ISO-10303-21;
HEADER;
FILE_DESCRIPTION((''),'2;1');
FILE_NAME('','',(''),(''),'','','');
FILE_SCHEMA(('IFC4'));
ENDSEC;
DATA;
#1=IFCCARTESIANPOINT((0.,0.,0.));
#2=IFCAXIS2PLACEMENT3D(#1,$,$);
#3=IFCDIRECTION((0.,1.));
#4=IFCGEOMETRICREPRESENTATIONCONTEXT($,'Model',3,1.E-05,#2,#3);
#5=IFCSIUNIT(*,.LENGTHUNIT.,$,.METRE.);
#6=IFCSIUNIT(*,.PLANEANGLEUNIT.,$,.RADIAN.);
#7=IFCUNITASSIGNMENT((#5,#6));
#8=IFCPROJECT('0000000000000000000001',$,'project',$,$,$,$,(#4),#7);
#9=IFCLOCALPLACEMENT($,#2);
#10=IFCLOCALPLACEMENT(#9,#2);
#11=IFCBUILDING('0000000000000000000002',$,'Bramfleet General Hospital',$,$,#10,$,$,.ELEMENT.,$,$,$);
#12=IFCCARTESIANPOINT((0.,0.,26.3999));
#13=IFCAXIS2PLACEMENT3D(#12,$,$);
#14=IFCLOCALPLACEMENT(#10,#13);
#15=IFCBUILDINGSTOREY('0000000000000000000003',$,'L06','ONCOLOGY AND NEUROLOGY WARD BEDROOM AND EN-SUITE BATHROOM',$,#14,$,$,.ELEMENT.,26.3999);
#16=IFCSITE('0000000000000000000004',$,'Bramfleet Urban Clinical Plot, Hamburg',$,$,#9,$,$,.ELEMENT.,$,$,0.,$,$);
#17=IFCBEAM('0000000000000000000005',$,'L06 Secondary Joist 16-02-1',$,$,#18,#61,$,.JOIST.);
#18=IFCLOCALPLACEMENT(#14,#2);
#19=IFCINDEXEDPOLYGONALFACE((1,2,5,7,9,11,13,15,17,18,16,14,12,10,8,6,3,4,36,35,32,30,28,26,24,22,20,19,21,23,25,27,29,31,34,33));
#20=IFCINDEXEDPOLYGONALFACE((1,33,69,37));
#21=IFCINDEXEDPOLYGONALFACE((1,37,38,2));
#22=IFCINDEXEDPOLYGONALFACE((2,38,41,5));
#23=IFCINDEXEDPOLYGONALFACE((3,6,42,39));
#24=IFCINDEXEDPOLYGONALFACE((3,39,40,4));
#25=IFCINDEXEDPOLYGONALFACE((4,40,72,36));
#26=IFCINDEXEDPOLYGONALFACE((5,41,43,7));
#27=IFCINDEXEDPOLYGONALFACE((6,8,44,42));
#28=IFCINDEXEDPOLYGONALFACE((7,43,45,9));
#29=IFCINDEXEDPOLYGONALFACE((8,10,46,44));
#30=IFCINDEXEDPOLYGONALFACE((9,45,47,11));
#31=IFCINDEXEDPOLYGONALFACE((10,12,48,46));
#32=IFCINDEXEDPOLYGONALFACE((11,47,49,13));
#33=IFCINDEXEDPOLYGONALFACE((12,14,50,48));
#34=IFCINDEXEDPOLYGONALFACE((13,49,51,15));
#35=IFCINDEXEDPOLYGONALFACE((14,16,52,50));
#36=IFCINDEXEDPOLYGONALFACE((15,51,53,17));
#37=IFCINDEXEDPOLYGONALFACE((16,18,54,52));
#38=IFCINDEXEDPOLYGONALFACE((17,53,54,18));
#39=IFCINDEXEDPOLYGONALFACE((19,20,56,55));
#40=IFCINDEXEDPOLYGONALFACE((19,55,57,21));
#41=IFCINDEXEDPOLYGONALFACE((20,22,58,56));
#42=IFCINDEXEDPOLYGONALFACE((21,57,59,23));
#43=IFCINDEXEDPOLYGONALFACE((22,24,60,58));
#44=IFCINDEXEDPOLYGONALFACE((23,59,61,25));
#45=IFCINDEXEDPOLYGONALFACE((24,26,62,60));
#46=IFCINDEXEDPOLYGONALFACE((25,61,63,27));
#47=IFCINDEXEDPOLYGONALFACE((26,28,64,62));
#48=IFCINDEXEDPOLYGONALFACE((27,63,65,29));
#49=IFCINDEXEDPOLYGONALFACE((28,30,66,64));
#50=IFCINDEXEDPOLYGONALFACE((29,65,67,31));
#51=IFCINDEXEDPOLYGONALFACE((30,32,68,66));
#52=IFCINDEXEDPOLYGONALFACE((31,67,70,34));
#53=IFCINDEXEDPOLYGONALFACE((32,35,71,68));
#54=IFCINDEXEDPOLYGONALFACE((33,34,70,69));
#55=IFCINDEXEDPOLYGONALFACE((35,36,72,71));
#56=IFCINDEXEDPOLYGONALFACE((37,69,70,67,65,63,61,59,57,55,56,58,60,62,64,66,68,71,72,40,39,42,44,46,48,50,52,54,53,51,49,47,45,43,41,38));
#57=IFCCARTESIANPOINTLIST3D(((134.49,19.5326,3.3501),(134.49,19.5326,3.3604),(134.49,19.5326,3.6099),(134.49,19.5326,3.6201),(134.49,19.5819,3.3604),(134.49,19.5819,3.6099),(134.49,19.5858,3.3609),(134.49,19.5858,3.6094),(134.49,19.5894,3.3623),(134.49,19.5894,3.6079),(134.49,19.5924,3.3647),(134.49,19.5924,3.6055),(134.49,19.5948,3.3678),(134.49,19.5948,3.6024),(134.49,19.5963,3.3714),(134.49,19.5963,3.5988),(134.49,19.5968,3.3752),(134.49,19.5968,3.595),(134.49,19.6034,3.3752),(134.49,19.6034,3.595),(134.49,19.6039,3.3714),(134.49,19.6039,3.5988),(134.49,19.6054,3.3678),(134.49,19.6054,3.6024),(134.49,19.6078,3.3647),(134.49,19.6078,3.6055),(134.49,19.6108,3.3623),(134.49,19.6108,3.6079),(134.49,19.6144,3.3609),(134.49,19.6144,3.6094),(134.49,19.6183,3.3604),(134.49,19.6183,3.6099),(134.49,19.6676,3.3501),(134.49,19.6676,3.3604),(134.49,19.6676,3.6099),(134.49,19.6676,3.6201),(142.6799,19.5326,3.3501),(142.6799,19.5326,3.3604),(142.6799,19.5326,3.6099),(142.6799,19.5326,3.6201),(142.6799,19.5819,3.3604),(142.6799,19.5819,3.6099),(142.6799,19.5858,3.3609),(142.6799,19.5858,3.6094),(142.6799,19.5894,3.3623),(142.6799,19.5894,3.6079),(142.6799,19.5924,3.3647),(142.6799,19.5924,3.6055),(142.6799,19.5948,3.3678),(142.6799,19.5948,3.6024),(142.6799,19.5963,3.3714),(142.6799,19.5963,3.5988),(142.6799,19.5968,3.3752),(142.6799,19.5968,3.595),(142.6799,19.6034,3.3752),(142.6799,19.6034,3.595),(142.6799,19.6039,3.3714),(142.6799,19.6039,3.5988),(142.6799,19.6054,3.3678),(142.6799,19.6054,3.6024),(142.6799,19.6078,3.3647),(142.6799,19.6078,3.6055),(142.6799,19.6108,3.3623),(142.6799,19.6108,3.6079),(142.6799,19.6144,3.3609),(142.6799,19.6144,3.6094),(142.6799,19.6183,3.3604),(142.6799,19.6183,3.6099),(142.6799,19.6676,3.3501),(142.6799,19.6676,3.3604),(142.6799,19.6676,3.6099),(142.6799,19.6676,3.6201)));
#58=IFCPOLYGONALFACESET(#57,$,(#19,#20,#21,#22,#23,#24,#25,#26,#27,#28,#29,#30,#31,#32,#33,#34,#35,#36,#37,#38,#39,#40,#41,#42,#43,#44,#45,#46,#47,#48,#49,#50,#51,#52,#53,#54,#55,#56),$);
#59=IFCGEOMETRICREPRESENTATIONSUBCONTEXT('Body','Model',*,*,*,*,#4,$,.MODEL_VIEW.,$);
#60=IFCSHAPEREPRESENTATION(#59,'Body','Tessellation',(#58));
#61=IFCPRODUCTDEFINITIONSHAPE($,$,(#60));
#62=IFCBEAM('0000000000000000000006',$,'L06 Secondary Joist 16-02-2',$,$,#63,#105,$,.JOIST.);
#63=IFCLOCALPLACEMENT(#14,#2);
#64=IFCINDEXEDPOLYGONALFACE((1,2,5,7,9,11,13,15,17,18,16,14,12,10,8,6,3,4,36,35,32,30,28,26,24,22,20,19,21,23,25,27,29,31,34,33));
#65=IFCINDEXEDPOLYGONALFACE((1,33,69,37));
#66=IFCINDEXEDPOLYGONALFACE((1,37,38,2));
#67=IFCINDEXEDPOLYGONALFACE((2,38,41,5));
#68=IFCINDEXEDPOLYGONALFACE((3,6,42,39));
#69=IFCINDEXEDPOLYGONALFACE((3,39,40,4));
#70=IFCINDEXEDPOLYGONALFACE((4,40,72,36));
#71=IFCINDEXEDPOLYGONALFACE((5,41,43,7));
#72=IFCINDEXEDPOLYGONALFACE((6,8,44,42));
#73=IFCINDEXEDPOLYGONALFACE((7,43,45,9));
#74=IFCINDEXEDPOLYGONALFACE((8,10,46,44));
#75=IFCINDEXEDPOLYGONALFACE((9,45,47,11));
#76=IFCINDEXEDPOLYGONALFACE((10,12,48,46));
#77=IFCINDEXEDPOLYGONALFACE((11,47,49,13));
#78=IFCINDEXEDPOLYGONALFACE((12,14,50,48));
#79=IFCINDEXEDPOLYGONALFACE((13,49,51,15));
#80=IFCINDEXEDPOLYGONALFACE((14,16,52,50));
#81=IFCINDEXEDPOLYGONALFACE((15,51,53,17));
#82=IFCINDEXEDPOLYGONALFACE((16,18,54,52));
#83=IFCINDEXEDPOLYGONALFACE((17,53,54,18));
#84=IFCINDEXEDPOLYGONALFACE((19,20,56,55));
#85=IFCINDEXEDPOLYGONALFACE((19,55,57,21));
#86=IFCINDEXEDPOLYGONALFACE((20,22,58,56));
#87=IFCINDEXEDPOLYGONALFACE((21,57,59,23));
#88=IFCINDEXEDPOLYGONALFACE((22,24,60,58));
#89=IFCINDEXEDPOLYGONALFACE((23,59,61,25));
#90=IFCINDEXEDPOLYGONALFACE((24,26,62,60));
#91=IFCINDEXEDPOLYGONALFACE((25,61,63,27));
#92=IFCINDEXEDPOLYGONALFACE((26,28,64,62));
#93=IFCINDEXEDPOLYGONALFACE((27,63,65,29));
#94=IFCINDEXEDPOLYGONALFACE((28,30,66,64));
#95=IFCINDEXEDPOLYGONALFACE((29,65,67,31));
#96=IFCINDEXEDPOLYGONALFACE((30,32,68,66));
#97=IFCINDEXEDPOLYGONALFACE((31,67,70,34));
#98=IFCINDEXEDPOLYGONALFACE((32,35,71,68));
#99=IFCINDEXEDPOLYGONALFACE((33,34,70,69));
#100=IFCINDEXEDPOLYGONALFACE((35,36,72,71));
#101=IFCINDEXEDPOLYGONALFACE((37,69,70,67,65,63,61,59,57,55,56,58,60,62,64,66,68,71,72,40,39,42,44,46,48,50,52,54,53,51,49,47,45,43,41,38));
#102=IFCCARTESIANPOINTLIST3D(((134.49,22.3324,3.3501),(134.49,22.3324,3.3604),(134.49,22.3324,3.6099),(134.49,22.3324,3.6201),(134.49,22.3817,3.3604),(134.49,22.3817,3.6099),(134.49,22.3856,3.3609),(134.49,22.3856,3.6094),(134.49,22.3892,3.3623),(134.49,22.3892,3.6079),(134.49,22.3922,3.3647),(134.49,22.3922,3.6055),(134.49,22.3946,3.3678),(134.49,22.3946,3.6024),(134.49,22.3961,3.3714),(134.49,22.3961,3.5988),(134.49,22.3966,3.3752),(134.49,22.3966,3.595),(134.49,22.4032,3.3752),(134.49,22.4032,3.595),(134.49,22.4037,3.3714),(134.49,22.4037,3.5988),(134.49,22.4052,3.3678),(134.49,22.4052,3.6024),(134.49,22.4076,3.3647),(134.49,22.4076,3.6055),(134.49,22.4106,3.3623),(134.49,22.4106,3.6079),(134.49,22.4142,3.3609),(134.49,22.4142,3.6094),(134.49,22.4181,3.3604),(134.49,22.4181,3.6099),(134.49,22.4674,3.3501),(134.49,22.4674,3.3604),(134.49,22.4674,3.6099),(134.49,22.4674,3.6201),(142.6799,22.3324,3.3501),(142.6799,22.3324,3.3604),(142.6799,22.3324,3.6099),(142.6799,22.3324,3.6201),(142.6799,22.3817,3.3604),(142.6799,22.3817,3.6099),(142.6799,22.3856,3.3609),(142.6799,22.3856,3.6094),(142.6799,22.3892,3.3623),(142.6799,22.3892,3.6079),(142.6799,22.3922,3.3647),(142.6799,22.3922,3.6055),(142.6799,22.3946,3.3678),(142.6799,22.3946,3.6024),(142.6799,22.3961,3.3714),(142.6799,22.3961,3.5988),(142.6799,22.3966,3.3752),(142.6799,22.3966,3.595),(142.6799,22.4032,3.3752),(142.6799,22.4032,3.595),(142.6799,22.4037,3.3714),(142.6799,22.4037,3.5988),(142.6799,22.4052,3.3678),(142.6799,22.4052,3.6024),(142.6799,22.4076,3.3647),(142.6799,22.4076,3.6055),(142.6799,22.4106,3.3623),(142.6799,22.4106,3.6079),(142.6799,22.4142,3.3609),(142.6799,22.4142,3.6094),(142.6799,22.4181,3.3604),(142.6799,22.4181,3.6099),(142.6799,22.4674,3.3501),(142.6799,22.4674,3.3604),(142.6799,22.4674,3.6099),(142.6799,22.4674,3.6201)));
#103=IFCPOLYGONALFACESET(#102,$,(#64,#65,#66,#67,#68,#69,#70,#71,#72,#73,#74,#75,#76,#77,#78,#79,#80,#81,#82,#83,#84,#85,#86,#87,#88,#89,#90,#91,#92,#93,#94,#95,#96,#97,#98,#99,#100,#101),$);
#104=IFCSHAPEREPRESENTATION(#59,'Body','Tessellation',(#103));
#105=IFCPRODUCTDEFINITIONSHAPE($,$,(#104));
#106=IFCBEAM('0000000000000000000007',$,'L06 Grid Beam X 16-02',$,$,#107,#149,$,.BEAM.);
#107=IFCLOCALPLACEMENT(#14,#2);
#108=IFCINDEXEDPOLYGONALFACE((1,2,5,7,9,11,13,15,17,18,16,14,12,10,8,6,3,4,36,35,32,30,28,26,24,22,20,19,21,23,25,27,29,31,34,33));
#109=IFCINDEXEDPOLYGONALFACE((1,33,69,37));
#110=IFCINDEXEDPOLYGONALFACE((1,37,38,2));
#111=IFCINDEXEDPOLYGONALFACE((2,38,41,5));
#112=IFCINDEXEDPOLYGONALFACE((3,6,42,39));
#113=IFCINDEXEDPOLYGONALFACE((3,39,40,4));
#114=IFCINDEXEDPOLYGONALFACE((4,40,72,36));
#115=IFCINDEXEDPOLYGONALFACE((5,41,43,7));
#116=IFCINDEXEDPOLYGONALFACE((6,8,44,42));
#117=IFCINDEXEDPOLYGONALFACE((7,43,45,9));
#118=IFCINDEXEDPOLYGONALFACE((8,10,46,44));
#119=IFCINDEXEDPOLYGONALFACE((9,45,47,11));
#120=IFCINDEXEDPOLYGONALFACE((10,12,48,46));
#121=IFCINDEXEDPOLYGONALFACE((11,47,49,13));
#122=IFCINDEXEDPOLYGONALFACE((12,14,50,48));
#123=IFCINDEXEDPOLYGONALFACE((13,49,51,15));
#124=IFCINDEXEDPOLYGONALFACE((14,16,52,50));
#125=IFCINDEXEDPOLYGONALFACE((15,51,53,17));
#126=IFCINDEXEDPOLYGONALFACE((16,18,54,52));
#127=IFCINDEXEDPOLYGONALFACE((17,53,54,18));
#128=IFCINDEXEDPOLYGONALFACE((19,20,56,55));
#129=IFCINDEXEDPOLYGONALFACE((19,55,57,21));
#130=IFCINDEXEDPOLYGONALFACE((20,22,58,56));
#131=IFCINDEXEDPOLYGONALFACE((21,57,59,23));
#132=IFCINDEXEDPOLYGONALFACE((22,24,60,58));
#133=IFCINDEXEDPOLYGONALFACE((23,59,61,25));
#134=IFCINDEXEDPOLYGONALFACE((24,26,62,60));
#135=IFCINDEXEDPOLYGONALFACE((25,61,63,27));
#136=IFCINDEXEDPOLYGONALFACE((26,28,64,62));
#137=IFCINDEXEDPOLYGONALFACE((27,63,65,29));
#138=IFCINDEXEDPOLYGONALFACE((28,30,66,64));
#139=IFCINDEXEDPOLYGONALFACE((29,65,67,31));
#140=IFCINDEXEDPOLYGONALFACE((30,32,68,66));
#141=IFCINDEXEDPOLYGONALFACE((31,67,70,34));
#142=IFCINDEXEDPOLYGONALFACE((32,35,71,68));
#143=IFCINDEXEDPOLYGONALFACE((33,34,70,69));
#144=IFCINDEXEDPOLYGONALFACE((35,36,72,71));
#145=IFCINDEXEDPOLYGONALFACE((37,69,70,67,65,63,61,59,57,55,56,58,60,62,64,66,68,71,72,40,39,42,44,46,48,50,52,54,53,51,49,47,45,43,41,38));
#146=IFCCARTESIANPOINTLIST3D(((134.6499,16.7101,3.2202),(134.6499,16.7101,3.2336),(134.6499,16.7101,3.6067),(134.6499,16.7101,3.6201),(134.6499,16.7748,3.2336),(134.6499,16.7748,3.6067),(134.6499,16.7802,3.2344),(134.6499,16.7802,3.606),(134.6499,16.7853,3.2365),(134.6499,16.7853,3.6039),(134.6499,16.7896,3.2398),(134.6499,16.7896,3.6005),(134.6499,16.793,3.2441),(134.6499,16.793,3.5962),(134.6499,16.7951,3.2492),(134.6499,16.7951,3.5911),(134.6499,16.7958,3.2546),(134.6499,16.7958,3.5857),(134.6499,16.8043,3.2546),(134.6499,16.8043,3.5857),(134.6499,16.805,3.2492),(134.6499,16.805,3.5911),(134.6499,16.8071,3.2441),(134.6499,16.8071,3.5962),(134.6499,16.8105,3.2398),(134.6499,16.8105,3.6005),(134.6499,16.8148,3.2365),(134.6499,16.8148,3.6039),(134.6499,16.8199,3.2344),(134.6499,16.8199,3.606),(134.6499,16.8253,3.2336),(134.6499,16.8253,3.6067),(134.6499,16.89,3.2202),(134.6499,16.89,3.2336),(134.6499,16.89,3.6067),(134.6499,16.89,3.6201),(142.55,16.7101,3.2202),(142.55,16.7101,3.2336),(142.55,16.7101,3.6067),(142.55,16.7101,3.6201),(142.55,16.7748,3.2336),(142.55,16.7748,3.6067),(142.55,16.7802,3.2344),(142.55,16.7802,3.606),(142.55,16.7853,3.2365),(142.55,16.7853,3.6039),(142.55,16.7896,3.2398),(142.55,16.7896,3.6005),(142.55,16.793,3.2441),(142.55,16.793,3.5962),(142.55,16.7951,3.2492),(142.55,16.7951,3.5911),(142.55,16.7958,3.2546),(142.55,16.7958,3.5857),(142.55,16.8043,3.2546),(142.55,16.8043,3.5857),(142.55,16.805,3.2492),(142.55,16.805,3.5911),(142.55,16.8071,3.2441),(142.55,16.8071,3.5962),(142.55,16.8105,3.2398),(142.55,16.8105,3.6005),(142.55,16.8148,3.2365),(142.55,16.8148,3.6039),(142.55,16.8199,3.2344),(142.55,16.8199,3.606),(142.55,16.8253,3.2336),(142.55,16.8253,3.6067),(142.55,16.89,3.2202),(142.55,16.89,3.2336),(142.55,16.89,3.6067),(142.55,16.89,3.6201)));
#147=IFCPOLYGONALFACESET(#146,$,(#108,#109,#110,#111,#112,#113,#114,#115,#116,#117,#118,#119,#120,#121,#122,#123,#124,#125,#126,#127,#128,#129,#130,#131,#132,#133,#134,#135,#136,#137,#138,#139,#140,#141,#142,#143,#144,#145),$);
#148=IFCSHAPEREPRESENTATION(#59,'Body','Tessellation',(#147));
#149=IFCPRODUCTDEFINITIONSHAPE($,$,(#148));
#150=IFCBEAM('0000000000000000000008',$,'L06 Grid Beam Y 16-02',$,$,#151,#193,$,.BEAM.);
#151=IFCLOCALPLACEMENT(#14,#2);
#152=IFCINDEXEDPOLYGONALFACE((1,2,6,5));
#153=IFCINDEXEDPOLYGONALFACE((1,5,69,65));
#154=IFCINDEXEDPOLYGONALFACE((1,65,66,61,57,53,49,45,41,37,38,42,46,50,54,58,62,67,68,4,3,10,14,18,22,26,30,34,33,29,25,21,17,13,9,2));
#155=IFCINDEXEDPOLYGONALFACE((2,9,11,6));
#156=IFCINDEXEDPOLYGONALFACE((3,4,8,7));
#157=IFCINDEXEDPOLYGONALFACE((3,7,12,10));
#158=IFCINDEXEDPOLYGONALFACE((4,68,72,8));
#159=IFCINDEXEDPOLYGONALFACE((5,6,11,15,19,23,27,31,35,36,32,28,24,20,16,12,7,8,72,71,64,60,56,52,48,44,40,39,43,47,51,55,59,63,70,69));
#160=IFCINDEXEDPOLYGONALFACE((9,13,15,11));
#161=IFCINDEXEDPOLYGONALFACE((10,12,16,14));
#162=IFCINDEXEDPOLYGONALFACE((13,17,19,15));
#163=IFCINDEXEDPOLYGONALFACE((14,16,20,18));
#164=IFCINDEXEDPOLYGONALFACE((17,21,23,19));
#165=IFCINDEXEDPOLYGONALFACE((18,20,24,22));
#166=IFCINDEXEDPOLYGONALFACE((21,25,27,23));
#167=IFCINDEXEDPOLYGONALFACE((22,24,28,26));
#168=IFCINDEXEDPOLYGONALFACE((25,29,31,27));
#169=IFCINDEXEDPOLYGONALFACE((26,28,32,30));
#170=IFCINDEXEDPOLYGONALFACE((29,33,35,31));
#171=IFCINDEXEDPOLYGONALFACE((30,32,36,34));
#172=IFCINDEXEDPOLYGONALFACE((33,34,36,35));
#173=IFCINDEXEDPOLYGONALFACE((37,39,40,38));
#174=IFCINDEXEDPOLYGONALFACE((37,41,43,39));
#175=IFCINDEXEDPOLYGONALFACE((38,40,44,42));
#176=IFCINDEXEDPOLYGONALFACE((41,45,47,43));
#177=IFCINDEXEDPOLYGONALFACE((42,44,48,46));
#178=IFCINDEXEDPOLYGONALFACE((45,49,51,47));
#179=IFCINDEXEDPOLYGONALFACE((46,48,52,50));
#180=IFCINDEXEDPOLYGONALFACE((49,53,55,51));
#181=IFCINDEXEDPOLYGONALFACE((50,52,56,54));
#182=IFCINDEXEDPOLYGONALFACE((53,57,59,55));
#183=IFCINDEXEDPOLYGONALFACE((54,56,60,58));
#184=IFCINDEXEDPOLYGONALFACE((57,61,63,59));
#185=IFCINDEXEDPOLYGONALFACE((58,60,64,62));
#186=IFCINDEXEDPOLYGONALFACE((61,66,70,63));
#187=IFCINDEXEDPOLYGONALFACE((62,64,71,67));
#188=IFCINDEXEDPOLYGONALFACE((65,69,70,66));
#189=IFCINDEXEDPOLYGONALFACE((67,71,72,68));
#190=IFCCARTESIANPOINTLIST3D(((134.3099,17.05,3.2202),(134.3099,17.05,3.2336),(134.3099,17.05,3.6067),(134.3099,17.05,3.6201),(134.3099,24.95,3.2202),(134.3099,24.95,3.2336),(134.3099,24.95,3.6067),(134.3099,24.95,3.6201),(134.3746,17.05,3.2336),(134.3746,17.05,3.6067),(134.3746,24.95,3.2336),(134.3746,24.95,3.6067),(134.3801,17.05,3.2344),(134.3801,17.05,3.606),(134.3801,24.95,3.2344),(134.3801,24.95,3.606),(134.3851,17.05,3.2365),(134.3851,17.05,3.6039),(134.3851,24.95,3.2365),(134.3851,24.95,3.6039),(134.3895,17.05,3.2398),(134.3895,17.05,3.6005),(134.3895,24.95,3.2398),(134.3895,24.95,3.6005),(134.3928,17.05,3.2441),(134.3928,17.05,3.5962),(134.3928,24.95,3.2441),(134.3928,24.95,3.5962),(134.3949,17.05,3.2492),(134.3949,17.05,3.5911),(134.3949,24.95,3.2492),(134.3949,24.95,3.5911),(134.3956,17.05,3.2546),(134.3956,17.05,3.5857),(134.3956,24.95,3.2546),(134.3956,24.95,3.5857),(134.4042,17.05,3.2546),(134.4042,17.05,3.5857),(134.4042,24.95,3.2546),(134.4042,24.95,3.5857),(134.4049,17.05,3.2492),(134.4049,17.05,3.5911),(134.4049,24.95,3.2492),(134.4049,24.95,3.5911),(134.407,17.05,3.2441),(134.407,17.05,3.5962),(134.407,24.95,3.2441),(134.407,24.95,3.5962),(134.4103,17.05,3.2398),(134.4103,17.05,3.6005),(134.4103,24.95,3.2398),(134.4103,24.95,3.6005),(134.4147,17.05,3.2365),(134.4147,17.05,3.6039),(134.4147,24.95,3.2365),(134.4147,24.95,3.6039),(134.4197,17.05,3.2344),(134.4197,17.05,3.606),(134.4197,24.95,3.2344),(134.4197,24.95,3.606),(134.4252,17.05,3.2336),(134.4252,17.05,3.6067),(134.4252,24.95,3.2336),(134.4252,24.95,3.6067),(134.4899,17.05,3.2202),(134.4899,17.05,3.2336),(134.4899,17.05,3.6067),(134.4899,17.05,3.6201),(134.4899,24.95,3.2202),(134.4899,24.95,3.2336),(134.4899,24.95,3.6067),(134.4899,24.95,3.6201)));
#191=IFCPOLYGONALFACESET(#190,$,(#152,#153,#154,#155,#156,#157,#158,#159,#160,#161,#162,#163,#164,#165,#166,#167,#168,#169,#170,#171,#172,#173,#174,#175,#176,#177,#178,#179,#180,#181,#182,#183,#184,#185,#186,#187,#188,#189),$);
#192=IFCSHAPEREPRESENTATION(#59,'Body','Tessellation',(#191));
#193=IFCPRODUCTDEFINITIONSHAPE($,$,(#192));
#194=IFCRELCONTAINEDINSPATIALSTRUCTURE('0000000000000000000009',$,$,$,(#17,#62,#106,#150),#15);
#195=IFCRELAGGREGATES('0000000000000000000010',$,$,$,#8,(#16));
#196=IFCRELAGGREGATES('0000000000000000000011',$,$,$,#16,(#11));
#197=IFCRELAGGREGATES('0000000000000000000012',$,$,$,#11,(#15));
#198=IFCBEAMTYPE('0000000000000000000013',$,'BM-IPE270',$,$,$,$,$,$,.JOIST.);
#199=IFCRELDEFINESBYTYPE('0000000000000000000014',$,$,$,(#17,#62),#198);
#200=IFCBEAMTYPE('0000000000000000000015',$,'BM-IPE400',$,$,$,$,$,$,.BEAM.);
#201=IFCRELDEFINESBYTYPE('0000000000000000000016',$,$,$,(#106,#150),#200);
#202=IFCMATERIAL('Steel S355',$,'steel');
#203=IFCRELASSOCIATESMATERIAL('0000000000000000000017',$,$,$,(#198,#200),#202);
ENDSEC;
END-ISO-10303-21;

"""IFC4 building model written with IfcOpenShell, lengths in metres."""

from ifc_helpers import new_model, si_unit, direction, frame, origin, origin_2d, place, context, subcontext, project, spatial, i_section, extrude, material, material_profile, profile_set, type_object, element, save


model = new_model("IFC4")

# Units and contexts
model_context = context("Model", 3, precision=1e-05, world=origin(), true_north=direction((0.0, 1.0)))
body_context = subcontext(model_context, "Body", "Model", "MODEL_VIEW")
ifc_project = project(units=[si_unit("LENGTHUNIT", "METRE"), si_unit("PLANEANGLEUNIT", "RADIAN")], contexts=[model_context])

# Site, building, storey
site_placement = place(None, origin())
site = spatial("IfcSite", under=ifc_project, at=site_placement, Name="Bramfleet Urban Clinical Plot, Hamburg", CompositionType="ELEMENT", RefElevation=0.0)
building_placement = place(site_placement, origin())
building = spatial("IfcBuilding", under=site, at=building_placement, Name="Bramfleet General Hospital", CompositionType="ELEMENT")
storey_placement = place(building_placement, frame((0.0, 0.0, 26.3999)))
storey = spatial("IfcBuildingStorey", under=building, at=storey_placement, Name="L06", Description="ONCOLOGY AND NEUROLOGY WARD BEDROOM AND EN-SUITE BATHROOM", CompositionType="ELEMENT", Elevation=26.3999)

# Beams
ifc_material_1 = material(Name="Steel S355", Category="steel")
ifc_material_profile_1 = material_profile(ifc_material_1, i_section(OverallWidth=0.135, OverallDepth=0.27, WebThickness=0.0066, FlangeThickness=0.0103, FilletRadius=0.0149, at=origin_2d()), Name="IPE 270")
ifc_profile_set_1 = profile_set([ifc_material_profile_1], Name="Steel S355")
beam_type_1 = type_object("IfcBeamType", Name="BM-IPE270", PredefinedType="JOIST", material=ifc_profile_set_1)
for number, where, z_axis, x_axis, name in (
    (1, (134.49, 19.6001, 3.4851), (1.0, 0.0, 0.0), (0.0, 1.0, 0.0), "L06 Secondary Joist 16-02-1"),
    (2, (134.49, 22.3999, 3.4851), (1.0, 0.0, 0.0), (0.0, 1.0, 0.0), "L06 Secondary Joist 16-02-2"),
):
    element("IfcBeam", number, at=place(storey_placement, frame(where, z_axis=z_axis, x_axis=x_axis)), inside=storey, type_object=beam_type_1, Name=name, PredefinedType="JOIST", context=body_context, shape_type="SweptSolid", body=[
        extrude(i_section(OverallWidth=0.135, OverallDepth=0.27, WebThickness=0.0066, FlangeThickness=0.0103, FilletRadius=0.0149, at=origin_2d()), origin(), (0.0, 0.0, 1.0), 8.1899),
    ])
ifc_material_profile_2 = material_profile(ifc_material_1, i_section(OverallWidth=0.1799, OverallDepth=0.3999, WebThickness=0.0085, FlangeThickness=0.0134, FilletRadius=0.021, at=origin_2d()), Name="IPE 400")
ifc_profile_set_2 = profile_set([ifc_material_profile_2], Name="Steel S355")
beam_type_2 = type_object("IfcBeamType", Name="BM-IPE400", PredefinedType="BEAM", material=ifc_profile_set_2)
beam_1_placement = place(storey_placement, frame((134.6499, 16.8, 3.4202), z_axis=(1.0, 0.0, 0.0), x_axis=(0.0, 1.0, 0.0)))
element("IfcBeam", 3, at=beam_1_placement, inside=storey, type_object=beam_type_2, Name="L06 Grid Beam X 16-02", PredefinedType="BEAM", context=body_context, shape_type="SweptSolid", body=[
    extrude(i_section(OverallWidth=0.1799, OverallDepth=0.3999, WebThickness=0.0085, FlangeThickness=0.0134, FilletRadius=0.021, at=origin_2d()), origin(), (0.0, 0.0, 1.0), 7.9001),
])
beam_2_placement = place(storey_placement, frame((134.3999, 17.05, 3.4202), z_axis=(0.0, 1.0, 0.0), x_axis=(-1.0, 0.0, 0.0)))
element("IfcBeam", 4, at=beam_2_placement, inside=storey, type_object=beam_type_2, Name="L06 Grid Beam Y 16-02", PredefinedType="BEAM", context=body_context, shape_type="SweptSolid", body=[
    extrude(i_section(OverallWidth=0.1799, OverallDepth=0.3999, WebThickness=0.0085, FlangeThickness=0.0134, FilletRadius=0.021, at=origin_2d()), origin(), (0.0, 0.0, 1.0), 7.8999),
])

save(model, "model.ifc")
